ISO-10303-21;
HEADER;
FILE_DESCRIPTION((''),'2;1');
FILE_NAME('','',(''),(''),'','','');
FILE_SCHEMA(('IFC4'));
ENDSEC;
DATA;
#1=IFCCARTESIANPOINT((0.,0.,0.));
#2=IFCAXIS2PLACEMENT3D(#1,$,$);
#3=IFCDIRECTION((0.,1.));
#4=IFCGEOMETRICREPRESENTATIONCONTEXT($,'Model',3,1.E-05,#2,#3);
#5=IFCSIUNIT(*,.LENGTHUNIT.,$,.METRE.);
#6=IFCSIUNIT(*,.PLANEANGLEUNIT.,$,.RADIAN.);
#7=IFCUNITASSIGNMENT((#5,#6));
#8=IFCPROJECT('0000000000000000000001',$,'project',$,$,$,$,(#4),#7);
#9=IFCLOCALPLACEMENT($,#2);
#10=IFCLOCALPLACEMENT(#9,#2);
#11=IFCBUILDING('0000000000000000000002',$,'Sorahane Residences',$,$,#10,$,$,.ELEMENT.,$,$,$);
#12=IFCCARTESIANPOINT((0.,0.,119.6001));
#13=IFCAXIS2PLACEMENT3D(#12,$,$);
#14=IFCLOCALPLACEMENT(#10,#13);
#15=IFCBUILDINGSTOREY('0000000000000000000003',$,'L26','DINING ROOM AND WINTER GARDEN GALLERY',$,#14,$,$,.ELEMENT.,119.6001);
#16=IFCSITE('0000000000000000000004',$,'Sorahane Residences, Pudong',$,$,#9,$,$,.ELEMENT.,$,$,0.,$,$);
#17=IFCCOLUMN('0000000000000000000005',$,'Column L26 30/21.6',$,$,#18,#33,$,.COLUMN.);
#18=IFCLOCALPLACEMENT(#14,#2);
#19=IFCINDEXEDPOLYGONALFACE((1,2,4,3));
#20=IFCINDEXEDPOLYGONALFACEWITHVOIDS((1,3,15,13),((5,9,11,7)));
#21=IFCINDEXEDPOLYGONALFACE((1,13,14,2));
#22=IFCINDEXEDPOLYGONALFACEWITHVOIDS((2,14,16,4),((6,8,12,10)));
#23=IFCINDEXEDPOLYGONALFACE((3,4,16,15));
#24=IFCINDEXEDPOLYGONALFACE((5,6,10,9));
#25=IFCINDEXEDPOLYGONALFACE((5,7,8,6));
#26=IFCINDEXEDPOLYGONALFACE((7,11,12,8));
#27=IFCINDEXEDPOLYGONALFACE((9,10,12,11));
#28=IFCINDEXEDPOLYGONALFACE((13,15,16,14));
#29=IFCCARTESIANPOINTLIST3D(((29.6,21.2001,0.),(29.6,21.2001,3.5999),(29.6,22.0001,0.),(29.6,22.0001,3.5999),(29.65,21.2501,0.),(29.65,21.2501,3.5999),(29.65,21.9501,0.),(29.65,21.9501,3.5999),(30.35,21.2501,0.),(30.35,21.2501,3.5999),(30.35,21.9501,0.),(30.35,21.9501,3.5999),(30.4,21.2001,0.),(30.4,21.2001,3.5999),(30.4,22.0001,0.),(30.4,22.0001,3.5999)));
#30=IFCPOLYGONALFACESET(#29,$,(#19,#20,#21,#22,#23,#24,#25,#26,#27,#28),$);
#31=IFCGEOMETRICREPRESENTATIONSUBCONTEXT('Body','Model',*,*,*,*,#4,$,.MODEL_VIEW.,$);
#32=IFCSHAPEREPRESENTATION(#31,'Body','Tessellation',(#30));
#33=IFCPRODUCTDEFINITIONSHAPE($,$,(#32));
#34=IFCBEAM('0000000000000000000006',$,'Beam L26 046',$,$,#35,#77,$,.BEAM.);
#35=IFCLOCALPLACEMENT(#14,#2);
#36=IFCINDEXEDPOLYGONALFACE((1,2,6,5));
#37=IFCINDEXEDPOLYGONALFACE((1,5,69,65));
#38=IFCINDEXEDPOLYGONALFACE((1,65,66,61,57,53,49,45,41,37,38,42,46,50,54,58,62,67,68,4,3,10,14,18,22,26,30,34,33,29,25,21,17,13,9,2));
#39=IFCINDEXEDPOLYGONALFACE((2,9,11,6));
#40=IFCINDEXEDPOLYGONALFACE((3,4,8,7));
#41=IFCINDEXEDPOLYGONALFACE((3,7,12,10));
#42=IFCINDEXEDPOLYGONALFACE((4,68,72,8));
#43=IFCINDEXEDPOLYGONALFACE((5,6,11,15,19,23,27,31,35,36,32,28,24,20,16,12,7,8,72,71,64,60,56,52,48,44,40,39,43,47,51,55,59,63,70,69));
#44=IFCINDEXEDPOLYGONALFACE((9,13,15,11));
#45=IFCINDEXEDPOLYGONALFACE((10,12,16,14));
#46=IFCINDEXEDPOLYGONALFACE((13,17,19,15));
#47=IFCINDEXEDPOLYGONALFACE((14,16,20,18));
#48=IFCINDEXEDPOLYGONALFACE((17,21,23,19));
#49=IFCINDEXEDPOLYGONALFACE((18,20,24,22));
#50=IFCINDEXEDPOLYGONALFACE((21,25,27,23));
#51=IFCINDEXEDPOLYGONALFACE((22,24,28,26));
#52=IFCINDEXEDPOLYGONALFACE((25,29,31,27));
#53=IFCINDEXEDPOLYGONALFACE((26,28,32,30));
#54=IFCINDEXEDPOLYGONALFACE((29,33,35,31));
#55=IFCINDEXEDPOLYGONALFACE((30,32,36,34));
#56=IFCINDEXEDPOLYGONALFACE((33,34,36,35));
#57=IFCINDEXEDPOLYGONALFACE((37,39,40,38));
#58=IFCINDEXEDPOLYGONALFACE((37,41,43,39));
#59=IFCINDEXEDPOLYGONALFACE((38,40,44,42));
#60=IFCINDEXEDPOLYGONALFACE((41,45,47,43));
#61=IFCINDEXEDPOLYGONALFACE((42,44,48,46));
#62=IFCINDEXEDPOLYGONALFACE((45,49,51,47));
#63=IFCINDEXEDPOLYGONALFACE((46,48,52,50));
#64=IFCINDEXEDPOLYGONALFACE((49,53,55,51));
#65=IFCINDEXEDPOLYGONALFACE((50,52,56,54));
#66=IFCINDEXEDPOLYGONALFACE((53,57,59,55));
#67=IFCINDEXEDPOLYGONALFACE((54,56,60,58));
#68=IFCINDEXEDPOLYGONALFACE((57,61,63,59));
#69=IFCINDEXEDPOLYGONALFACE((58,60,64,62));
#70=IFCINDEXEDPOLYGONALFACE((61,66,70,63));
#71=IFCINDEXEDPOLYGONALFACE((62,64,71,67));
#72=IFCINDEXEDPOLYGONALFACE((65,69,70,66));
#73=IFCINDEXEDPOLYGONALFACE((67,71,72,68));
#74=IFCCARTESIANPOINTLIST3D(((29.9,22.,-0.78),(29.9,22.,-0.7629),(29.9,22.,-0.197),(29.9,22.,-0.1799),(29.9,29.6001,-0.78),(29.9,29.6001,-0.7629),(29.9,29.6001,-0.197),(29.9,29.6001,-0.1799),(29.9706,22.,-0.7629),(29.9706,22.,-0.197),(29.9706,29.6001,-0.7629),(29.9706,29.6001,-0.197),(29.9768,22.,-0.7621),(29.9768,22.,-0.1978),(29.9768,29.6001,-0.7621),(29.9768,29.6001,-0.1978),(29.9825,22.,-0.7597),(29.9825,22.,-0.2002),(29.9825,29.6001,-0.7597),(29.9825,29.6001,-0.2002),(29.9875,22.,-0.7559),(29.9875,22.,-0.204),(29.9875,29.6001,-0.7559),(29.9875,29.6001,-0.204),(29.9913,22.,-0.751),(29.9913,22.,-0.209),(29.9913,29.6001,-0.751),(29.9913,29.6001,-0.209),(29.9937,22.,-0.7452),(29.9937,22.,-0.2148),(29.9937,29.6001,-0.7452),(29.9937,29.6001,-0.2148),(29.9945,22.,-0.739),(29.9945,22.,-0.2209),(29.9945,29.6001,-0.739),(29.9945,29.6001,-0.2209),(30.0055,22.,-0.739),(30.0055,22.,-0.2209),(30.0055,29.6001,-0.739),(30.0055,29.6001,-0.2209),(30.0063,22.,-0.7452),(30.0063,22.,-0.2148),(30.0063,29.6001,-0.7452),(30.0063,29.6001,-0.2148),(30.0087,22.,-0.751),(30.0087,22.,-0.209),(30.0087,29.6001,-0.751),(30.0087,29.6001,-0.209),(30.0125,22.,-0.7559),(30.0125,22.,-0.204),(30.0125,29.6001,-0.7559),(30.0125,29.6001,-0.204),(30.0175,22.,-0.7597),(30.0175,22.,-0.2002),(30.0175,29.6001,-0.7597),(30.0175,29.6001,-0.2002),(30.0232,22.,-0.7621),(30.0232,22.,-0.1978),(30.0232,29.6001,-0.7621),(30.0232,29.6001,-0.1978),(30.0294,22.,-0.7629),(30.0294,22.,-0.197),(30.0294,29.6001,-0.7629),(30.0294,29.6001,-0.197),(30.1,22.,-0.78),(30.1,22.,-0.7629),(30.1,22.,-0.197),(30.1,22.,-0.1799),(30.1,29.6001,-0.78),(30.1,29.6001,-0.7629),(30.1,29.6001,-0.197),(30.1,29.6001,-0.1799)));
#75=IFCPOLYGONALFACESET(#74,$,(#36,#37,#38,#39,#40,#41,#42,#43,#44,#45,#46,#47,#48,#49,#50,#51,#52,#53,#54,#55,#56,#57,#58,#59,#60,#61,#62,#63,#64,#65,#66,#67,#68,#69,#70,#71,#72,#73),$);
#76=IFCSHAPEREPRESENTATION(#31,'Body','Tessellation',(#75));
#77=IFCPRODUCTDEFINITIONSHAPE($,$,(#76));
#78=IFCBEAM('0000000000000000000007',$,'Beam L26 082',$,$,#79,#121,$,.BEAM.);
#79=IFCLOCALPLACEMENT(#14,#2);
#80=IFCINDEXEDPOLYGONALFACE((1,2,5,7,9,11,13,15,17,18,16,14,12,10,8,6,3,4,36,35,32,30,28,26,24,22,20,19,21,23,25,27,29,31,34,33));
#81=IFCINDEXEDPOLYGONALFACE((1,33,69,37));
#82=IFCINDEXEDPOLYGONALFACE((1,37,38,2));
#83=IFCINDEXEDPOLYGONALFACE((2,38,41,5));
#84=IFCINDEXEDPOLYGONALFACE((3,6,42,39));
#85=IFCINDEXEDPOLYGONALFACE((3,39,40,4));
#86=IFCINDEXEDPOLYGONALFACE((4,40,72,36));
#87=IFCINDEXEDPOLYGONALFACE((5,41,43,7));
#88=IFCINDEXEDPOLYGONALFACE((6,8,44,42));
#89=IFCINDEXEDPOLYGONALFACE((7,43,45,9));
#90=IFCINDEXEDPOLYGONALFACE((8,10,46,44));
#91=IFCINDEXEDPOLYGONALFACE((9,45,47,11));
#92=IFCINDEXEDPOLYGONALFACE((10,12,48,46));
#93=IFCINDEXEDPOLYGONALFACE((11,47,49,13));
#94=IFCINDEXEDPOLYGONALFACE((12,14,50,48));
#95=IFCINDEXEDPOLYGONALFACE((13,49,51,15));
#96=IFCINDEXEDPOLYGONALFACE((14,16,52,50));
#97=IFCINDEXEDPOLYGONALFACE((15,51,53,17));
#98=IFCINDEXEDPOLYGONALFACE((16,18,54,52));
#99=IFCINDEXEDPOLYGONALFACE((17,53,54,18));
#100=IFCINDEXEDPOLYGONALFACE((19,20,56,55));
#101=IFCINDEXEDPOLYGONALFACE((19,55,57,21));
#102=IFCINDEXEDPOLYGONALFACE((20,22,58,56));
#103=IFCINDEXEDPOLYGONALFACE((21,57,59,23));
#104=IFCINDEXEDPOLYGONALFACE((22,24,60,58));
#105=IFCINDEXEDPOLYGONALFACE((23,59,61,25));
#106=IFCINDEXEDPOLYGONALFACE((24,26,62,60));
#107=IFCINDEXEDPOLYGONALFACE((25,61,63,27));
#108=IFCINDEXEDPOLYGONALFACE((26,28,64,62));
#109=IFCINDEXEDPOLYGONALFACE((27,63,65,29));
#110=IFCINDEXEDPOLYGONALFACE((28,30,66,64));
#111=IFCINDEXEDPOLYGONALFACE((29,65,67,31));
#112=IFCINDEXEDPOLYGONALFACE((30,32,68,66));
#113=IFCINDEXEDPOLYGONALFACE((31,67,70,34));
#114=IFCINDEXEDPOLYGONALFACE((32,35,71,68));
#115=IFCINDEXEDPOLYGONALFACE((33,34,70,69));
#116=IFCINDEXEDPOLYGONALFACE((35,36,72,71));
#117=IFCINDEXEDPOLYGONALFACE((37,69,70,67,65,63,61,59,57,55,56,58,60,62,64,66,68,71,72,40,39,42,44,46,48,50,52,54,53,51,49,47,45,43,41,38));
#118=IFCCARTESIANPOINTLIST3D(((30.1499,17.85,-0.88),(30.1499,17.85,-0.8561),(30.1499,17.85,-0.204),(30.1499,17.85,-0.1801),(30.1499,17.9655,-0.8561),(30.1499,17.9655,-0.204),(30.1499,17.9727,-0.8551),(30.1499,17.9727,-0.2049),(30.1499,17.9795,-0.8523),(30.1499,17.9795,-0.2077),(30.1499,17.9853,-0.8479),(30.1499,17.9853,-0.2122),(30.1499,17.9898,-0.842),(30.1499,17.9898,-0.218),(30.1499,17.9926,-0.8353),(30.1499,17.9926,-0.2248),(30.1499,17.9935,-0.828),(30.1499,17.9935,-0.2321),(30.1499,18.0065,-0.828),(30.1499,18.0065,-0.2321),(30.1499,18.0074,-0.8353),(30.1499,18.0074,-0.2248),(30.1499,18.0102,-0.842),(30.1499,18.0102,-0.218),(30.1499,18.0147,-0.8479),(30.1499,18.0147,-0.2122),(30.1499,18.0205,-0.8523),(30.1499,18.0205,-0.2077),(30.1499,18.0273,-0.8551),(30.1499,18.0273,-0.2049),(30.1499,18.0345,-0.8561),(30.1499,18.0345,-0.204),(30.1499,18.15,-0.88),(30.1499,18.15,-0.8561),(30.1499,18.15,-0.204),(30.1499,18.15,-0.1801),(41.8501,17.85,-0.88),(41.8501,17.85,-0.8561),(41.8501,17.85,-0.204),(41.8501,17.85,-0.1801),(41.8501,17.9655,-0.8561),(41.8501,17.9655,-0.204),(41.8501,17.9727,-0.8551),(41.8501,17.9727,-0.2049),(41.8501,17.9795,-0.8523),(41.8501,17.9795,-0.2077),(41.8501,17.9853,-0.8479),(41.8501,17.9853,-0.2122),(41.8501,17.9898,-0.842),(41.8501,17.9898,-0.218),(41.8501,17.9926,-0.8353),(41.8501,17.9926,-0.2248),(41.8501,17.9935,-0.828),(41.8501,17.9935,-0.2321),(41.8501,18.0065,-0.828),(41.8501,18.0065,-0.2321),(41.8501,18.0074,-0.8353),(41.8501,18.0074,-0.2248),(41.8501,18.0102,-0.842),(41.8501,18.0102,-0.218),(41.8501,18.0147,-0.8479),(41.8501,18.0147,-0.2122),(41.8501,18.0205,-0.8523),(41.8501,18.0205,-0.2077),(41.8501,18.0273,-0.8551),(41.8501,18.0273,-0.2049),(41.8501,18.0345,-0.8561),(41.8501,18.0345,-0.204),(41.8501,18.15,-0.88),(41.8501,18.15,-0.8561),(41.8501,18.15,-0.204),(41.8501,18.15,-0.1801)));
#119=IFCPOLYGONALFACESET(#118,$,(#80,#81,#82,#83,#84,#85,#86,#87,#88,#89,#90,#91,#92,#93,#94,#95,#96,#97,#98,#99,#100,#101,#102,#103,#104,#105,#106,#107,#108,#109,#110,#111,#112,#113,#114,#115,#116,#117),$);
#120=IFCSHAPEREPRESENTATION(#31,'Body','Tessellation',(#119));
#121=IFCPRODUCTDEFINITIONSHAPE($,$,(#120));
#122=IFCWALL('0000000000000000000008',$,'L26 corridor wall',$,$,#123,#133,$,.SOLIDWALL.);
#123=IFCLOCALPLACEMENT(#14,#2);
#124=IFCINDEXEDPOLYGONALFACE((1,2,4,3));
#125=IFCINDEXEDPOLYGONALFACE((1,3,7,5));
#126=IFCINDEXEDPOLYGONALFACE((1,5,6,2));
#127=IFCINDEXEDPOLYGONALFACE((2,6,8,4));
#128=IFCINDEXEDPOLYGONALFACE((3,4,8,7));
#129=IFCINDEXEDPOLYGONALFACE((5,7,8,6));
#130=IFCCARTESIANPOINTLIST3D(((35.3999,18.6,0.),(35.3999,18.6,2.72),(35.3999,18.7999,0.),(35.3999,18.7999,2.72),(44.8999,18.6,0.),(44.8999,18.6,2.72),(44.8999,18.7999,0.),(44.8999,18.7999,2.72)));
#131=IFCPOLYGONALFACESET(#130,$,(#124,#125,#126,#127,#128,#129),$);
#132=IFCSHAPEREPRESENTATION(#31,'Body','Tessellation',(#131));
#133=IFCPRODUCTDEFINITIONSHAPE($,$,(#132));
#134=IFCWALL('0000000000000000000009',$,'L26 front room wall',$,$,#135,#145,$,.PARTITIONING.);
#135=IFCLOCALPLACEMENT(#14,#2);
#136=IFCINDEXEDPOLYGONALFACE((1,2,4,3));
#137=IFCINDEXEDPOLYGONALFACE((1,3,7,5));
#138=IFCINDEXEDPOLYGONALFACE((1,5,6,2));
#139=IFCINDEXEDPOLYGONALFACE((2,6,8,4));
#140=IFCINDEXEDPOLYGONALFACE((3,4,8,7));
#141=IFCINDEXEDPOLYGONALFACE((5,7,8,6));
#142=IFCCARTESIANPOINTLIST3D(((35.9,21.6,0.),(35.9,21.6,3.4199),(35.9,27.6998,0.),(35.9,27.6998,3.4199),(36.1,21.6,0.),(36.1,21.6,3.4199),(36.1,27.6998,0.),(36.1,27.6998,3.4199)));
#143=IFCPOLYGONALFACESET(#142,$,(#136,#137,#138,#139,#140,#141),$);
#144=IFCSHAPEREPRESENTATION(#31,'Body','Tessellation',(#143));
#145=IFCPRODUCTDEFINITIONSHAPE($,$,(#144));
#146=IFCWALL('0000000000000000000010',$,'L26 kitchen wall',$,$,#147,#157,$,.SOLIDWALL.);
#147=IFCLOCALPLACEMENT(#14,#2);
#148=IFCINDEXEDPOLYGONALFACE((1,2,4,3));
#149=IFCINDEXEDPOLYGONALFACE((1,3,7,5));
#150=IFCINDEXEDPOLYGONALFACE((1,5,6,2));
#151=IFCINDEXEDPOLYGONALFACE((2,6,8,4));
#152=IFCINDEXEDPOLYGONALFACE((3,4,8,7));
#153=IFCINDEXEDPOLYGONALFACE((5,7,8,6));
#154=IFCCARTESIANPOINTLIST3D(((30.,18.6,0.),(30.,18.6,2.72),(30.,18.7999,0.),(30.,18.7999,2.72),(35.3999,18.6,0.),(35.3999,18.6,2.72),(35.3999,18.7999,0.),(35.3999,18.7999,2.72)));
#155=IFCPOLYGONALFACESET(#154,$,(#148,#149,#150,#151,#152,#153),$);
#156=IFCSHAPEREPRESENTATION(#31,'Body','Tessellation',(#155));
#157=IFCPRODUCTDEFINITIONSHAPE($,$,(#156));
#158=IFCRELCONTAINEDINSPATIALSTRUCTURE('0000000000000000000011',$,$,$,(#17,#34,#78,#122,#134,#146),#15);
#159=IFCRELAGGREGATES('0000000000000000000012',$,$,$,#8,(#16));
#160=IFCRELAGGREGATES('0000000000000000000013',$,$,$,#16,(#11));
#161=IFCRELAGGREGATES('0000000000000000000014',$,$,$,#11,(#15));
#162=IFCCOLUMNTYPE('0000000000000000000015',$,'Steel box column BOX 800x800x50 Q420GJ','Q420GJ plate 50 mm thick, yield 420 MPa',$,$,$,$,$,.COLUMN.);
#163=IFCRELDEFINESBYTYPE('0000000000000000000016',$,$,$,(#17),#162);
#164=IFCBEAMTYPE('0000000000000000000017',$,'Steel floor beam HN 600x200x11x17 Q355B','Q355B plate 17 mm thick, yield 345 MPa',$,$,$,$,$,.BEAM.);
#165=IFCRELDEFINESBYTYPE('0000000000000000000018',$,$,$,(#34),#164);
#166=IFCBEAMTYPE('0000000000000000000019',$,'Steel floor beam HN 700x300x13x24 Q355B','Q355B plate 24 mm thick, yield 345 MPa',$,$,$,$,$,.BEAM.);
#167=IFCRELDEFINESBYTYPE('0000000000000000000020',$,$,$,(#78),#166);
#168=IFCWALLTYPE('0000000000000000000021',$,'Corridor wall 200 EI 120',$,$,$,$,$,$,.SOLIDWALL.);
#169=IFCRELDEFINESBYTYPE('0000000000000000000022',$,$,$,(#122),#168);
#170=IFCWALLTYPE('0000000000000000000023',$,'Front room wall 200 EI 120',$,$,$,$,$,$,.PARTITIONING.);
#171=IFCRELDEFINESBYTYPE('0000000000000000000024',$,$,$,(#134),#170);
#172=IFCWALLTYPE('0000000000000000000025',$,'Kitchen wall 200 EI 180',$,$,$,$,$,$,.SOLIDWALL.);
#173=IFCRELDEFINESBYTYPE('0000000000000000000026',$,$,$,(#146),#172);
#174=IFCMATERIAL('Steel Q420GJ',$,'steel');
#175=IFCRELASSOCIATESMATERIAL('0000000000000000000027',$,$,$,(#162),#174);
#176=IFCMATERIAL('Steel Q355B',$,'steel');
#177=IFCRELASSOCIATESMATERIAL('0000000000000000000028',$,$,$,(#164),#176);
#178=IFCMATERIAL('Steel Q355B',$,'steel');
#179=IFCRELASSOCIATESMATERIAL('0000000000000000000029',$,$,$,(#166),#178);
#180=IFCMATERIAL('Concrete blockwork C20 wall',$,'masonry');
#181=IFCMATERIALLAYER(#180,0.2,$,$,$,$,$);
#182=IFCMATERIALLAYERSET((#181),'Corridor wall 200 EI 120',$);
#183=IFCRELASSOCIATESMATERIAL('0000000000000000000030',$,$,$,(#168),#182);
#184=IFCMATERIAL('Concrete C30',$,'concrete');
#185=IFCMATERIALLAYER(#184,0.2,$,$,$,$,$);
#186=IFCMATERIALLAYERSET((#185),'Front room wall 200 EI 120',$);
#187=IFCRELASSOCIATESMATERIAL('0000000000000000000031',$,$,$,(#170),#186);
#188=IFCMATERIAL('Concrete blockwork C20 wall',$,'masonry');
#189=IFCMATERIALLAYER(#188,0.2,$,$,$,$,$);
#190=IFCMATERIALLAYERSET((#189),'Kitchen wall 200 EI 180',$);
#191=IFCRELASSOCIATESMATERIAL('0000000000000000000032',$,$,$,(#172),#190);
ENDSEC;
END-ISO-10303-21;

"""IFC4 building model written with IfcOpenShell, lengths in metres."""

from ifc_helpers import new_model, si_unit, direction, frame, frame_2d, origin, origin_2d, place, context, subcontext, project, spatial, rectangle, hollow_rectangle, i_section, extrude, material, layer, layer_set, material_profile, profile_set, type_object, element, save


model = new_model("IFC4")

# Units and contexts
model_context = context("Model", 3, precision=1e-05, world=origin(), true_north=direction((0.0, 1.0)))
body_context = subcontext(model_context, "Body", "Model", "MODEL_VIEW")
ifc_project = project(units=[si_unit("LENGTHUNIT", "METRE"), si_unit("PLANEANGLEUNIT", "RADIAN")], contexts=[model_context])

# Site, building, storey
site_placement = place(None, origin())
site = spatial("IfcSite", under=ifc_project, at=site_placement, Name="Sorahane Residences, Pudong", CompositionType="ELEMENT", RefElevation=0.0)
building_placement = place(site_placement, origin())
building = spatial("IfcBuilding", under=site, at=building_placement, Name="Sorahane Residences", CompositionType="ELEMENT")
storey_placement = place(building_placement, frame((0.0, 0.0, 119.6001)))
storey = spatial("IfcBuildingStorey", under=building, at=storey_placement, Name="L26", Description="DINING ROOM AND WINTER GARDEN GALLERY", CompositionType="ELEMENT", Elevation=119.6001)

# Column
ifc_material_1 = material(Name="Steel Q420GJ", Category="steel")
ifc_material_profile_1 = material_profile(ifc_material_1, hollow_rectangle(XDim=0.8, YDim=0.8, WallThickness=0.05, at=origin_2d()), Name="BOX 800x800x50")
ifc_profile_set_1 = profile_set([ifc_material_profile_1], Name="Steel Q420GJ")
column_type = type_object("IfcColumnType", Name="Steel box column BOX 800x800x50 Q420GJ", Description="Q420GJ plate 50 mm thick, yield 420 MPa", PredefinedType="COLUMN", material=ifc_profile_set_1)
column_placement = place(storey_placement, frame((30.0, 21.6001, 0.0), z_axis=(0.0, 0.0, 1.0), x_axis=(1.0, 0.0, 0.0)))
element("IfcColumn", 1, at=column_placement, inside=storey, type_object=column_type, Name="Column L26 30/21.6", PredefinedType="COLUMN", context=body_context, shape_type="SweptSolid", body=[
    extrude(hollow_rectangle(XDim=0.8, YDim=0.8, WallThickness=0.05, at=origin_2d()), origin(), (0.0, 0.0, 1.0), 3.5999),
])

# Beams
ifc_material_2 = material(Name="Steel Q355B", Category="steel")
ifc_material_profile_2 = material_profile(ifc_material_2, i_section(OverallWidth=0.2, OverallDepth=0.6001, WebThickness=0.011, FlangeThickness=0.0171, FilletRadius=0.0239, at=origin_2d()), Name="HN 600x200x11x17")
ifc_profile_set_2 = profile_set([ifc_material_profile_2], Name="Steel Q355B")
beam_type_1 = type_object("IfcBeamType", Name="Steel floor beam HN 600x200x11x17 Q355B", Description="Q355B plate 17 mm thick, yield 345 MPa", PredefinedType="BEAM", material=ifc_profile_set_2)
beam_1_placement = place(storey_placement, frame((30.0, 22.0, -0.48), z_axis=(0.0, 1.0, 0.0), x_axis=(-1.0, 0.0, 0.0)))
element("IfcBeam", 2, at=beam_1_placement, inside=storey, type_object=beam_type_1, Name="Beam L26 046", PredefinedType="BEAM", context=body_context, shape_type="SweptSolid", body=[
    extrude(i_section(OverallWidth=0.2, OverallDepth=0.6001, WebThickness=0.011, FlangeThickness=0.0171, FilletRadius=0.0239, at=origin_2d()), origin(), (0.0, 0.0, 1.0), 7.6001),
])
ifc_material_3 = material(Name="Steel Q355B", Category="steel")
ifc_material_profile_3 = material_profile(ifc_material_3, i_section(OverallWidth=0.3, OverallDepth=0.7, WebThickness=0.0129, FlangeThickness=0.0239, FilletRadius=0.0281, at=origin_2d()), Name="HN 700x300x13x24")
ifc_profile_set_3 = profile_set([ifc_material_profile_3], Name="Steel Q355B")
beam_type_2 = type_object("IfcBeamType", Name="Steel floor beam HN 700x300x13x24 Q355B", Description="Q355B plate 24 mm thick, yield 345 MPa", PredefinedType="BEAM", material=ifc_profile_set_3)
beam_2_placement = place(storey_placement, frame((30.1499, 18.0, -0.53), z_axis=(1.0, 0.0, 0.0), x_axis=(0.0, 1.0, 0.0)))
element("IfcBeam", 3, at=beam_2_placement, inside=storey, type_object=beam_type_2, Name="Beam L26 082", PredefinedType="BEAM", context=body_context, shape_type="SweptSolid", body=[
    extrude(i_section(OverallWidth=0.3, OverallDepth=0.7, WebThickness=0.0129, FlangeThickness=0.0239, FilletRadius=0.0281, at=origin_2d()), origin(), (0.0, 0.0, 1.0), 11.7002),
])

# Walls
ifc_material_4 = material(Name="Concrete blockwork C20 wall", Category="masonry")
ifc_layer_1 = layer(ifc_material_4, 0.2)
ifc_layer_set_1 = layer_set([ifc_layer_1], Name="Corridor wall 200 EI 120")
wall_type_1 = type_object("IfcWallType", Name="Corridor wall 200 EI 120", PredefinedType="SOLIDWALL", material=ifc_layer_set_1)
wall_1_placement = place(storey_placement, frame((35.3999, 18.7, 0.0), z_axis=(0.0, 0.0, 1.0), x_axis=(1.0, 0.0, 0.0)))
element("IfcWall", 4, at=wall_1_placement, inside=storey, type_object=wall_type_1, Name="L26 corridor wall", PredefinedType="SOLIDWALL", context=body_context, shape_type="SweptSolid", body=[
    extrude(rectangle(XDim=9.5, YDim=0.2, at=frame_2d((4.75, 0.0))), origin(), (0.0, 0.0, 1.0), 2.72),
])
ifc_material_5 = material(Name="Concrete C30", Category="concrete")
ifc_layer_2 = layer(ifc_material_5, 0.2)
ifc_layer_set_2 = layer_set([ifc_layer_2], Name="Front room wall 200 EI 120")
wall_type_2 = type_object("IfcWallType", Name="Front room wall 200 EI 120", PredefinedType="PARTITIONING", material=ifc_layer_set_2)
wall_2_placement = place(storey_placement, frame((36.0, 21.6001, 0.0), z_axis=(0.0, 0.0, 1.0), x_axis=(0.0, 1.0, 0.0)))
element("IfcWall", 5, at=wall_2_placement, inside=storey, type_object=wall_type_2, Name="L26 front room wall", PredefinedType="PARTITIONING", context=body_context, shape_type="SweptSolid", body=[
    extrude(rectangle(XDim=6.0999, YDim=0.2, at=frame_2d((3.0498, 0.0))), origin(), (0.0, 0.0, 1.0), 3.4199),
])
ifc_material_6 = material(Name="Concrete blockwork C20 wall", Category="masonry")
ifc_layer_3 = layer(ifc_material_6, 0.2)
ifc_layer_set_3 = layer_set([ifc_layer_3], Name="Kitchen wall 200 EI 180")
wall_type_3 = type_object("IfcWallType", Name="Kitchen wall 200 EI 180", PredefinedType="SOLIDWALL", material=ifc_layer_set_3)
wall_3_placement = place(storey_placement, frame((30.0, 18.7, 0.0), z_axis=(0.0, 0.0, 1.0), x_axis=(1.0, 0.0, 0.0)))
element("IfcWall", 6, at=wall_3_placement, inside=storey, type_object=wall_type_3, Name="L26 kitchen wall", PredefinedType="SOLIDWALL", context=body_context, shape_type="SweptSolid", body=[
    extrude(rectangle(XDim=5.3999, YDim=0.2, at=frame_2d((2.7, 0.0))), origin(), (0.0, 0.0, 1.0), 2.72),
])

save(model, "model.ifc")
